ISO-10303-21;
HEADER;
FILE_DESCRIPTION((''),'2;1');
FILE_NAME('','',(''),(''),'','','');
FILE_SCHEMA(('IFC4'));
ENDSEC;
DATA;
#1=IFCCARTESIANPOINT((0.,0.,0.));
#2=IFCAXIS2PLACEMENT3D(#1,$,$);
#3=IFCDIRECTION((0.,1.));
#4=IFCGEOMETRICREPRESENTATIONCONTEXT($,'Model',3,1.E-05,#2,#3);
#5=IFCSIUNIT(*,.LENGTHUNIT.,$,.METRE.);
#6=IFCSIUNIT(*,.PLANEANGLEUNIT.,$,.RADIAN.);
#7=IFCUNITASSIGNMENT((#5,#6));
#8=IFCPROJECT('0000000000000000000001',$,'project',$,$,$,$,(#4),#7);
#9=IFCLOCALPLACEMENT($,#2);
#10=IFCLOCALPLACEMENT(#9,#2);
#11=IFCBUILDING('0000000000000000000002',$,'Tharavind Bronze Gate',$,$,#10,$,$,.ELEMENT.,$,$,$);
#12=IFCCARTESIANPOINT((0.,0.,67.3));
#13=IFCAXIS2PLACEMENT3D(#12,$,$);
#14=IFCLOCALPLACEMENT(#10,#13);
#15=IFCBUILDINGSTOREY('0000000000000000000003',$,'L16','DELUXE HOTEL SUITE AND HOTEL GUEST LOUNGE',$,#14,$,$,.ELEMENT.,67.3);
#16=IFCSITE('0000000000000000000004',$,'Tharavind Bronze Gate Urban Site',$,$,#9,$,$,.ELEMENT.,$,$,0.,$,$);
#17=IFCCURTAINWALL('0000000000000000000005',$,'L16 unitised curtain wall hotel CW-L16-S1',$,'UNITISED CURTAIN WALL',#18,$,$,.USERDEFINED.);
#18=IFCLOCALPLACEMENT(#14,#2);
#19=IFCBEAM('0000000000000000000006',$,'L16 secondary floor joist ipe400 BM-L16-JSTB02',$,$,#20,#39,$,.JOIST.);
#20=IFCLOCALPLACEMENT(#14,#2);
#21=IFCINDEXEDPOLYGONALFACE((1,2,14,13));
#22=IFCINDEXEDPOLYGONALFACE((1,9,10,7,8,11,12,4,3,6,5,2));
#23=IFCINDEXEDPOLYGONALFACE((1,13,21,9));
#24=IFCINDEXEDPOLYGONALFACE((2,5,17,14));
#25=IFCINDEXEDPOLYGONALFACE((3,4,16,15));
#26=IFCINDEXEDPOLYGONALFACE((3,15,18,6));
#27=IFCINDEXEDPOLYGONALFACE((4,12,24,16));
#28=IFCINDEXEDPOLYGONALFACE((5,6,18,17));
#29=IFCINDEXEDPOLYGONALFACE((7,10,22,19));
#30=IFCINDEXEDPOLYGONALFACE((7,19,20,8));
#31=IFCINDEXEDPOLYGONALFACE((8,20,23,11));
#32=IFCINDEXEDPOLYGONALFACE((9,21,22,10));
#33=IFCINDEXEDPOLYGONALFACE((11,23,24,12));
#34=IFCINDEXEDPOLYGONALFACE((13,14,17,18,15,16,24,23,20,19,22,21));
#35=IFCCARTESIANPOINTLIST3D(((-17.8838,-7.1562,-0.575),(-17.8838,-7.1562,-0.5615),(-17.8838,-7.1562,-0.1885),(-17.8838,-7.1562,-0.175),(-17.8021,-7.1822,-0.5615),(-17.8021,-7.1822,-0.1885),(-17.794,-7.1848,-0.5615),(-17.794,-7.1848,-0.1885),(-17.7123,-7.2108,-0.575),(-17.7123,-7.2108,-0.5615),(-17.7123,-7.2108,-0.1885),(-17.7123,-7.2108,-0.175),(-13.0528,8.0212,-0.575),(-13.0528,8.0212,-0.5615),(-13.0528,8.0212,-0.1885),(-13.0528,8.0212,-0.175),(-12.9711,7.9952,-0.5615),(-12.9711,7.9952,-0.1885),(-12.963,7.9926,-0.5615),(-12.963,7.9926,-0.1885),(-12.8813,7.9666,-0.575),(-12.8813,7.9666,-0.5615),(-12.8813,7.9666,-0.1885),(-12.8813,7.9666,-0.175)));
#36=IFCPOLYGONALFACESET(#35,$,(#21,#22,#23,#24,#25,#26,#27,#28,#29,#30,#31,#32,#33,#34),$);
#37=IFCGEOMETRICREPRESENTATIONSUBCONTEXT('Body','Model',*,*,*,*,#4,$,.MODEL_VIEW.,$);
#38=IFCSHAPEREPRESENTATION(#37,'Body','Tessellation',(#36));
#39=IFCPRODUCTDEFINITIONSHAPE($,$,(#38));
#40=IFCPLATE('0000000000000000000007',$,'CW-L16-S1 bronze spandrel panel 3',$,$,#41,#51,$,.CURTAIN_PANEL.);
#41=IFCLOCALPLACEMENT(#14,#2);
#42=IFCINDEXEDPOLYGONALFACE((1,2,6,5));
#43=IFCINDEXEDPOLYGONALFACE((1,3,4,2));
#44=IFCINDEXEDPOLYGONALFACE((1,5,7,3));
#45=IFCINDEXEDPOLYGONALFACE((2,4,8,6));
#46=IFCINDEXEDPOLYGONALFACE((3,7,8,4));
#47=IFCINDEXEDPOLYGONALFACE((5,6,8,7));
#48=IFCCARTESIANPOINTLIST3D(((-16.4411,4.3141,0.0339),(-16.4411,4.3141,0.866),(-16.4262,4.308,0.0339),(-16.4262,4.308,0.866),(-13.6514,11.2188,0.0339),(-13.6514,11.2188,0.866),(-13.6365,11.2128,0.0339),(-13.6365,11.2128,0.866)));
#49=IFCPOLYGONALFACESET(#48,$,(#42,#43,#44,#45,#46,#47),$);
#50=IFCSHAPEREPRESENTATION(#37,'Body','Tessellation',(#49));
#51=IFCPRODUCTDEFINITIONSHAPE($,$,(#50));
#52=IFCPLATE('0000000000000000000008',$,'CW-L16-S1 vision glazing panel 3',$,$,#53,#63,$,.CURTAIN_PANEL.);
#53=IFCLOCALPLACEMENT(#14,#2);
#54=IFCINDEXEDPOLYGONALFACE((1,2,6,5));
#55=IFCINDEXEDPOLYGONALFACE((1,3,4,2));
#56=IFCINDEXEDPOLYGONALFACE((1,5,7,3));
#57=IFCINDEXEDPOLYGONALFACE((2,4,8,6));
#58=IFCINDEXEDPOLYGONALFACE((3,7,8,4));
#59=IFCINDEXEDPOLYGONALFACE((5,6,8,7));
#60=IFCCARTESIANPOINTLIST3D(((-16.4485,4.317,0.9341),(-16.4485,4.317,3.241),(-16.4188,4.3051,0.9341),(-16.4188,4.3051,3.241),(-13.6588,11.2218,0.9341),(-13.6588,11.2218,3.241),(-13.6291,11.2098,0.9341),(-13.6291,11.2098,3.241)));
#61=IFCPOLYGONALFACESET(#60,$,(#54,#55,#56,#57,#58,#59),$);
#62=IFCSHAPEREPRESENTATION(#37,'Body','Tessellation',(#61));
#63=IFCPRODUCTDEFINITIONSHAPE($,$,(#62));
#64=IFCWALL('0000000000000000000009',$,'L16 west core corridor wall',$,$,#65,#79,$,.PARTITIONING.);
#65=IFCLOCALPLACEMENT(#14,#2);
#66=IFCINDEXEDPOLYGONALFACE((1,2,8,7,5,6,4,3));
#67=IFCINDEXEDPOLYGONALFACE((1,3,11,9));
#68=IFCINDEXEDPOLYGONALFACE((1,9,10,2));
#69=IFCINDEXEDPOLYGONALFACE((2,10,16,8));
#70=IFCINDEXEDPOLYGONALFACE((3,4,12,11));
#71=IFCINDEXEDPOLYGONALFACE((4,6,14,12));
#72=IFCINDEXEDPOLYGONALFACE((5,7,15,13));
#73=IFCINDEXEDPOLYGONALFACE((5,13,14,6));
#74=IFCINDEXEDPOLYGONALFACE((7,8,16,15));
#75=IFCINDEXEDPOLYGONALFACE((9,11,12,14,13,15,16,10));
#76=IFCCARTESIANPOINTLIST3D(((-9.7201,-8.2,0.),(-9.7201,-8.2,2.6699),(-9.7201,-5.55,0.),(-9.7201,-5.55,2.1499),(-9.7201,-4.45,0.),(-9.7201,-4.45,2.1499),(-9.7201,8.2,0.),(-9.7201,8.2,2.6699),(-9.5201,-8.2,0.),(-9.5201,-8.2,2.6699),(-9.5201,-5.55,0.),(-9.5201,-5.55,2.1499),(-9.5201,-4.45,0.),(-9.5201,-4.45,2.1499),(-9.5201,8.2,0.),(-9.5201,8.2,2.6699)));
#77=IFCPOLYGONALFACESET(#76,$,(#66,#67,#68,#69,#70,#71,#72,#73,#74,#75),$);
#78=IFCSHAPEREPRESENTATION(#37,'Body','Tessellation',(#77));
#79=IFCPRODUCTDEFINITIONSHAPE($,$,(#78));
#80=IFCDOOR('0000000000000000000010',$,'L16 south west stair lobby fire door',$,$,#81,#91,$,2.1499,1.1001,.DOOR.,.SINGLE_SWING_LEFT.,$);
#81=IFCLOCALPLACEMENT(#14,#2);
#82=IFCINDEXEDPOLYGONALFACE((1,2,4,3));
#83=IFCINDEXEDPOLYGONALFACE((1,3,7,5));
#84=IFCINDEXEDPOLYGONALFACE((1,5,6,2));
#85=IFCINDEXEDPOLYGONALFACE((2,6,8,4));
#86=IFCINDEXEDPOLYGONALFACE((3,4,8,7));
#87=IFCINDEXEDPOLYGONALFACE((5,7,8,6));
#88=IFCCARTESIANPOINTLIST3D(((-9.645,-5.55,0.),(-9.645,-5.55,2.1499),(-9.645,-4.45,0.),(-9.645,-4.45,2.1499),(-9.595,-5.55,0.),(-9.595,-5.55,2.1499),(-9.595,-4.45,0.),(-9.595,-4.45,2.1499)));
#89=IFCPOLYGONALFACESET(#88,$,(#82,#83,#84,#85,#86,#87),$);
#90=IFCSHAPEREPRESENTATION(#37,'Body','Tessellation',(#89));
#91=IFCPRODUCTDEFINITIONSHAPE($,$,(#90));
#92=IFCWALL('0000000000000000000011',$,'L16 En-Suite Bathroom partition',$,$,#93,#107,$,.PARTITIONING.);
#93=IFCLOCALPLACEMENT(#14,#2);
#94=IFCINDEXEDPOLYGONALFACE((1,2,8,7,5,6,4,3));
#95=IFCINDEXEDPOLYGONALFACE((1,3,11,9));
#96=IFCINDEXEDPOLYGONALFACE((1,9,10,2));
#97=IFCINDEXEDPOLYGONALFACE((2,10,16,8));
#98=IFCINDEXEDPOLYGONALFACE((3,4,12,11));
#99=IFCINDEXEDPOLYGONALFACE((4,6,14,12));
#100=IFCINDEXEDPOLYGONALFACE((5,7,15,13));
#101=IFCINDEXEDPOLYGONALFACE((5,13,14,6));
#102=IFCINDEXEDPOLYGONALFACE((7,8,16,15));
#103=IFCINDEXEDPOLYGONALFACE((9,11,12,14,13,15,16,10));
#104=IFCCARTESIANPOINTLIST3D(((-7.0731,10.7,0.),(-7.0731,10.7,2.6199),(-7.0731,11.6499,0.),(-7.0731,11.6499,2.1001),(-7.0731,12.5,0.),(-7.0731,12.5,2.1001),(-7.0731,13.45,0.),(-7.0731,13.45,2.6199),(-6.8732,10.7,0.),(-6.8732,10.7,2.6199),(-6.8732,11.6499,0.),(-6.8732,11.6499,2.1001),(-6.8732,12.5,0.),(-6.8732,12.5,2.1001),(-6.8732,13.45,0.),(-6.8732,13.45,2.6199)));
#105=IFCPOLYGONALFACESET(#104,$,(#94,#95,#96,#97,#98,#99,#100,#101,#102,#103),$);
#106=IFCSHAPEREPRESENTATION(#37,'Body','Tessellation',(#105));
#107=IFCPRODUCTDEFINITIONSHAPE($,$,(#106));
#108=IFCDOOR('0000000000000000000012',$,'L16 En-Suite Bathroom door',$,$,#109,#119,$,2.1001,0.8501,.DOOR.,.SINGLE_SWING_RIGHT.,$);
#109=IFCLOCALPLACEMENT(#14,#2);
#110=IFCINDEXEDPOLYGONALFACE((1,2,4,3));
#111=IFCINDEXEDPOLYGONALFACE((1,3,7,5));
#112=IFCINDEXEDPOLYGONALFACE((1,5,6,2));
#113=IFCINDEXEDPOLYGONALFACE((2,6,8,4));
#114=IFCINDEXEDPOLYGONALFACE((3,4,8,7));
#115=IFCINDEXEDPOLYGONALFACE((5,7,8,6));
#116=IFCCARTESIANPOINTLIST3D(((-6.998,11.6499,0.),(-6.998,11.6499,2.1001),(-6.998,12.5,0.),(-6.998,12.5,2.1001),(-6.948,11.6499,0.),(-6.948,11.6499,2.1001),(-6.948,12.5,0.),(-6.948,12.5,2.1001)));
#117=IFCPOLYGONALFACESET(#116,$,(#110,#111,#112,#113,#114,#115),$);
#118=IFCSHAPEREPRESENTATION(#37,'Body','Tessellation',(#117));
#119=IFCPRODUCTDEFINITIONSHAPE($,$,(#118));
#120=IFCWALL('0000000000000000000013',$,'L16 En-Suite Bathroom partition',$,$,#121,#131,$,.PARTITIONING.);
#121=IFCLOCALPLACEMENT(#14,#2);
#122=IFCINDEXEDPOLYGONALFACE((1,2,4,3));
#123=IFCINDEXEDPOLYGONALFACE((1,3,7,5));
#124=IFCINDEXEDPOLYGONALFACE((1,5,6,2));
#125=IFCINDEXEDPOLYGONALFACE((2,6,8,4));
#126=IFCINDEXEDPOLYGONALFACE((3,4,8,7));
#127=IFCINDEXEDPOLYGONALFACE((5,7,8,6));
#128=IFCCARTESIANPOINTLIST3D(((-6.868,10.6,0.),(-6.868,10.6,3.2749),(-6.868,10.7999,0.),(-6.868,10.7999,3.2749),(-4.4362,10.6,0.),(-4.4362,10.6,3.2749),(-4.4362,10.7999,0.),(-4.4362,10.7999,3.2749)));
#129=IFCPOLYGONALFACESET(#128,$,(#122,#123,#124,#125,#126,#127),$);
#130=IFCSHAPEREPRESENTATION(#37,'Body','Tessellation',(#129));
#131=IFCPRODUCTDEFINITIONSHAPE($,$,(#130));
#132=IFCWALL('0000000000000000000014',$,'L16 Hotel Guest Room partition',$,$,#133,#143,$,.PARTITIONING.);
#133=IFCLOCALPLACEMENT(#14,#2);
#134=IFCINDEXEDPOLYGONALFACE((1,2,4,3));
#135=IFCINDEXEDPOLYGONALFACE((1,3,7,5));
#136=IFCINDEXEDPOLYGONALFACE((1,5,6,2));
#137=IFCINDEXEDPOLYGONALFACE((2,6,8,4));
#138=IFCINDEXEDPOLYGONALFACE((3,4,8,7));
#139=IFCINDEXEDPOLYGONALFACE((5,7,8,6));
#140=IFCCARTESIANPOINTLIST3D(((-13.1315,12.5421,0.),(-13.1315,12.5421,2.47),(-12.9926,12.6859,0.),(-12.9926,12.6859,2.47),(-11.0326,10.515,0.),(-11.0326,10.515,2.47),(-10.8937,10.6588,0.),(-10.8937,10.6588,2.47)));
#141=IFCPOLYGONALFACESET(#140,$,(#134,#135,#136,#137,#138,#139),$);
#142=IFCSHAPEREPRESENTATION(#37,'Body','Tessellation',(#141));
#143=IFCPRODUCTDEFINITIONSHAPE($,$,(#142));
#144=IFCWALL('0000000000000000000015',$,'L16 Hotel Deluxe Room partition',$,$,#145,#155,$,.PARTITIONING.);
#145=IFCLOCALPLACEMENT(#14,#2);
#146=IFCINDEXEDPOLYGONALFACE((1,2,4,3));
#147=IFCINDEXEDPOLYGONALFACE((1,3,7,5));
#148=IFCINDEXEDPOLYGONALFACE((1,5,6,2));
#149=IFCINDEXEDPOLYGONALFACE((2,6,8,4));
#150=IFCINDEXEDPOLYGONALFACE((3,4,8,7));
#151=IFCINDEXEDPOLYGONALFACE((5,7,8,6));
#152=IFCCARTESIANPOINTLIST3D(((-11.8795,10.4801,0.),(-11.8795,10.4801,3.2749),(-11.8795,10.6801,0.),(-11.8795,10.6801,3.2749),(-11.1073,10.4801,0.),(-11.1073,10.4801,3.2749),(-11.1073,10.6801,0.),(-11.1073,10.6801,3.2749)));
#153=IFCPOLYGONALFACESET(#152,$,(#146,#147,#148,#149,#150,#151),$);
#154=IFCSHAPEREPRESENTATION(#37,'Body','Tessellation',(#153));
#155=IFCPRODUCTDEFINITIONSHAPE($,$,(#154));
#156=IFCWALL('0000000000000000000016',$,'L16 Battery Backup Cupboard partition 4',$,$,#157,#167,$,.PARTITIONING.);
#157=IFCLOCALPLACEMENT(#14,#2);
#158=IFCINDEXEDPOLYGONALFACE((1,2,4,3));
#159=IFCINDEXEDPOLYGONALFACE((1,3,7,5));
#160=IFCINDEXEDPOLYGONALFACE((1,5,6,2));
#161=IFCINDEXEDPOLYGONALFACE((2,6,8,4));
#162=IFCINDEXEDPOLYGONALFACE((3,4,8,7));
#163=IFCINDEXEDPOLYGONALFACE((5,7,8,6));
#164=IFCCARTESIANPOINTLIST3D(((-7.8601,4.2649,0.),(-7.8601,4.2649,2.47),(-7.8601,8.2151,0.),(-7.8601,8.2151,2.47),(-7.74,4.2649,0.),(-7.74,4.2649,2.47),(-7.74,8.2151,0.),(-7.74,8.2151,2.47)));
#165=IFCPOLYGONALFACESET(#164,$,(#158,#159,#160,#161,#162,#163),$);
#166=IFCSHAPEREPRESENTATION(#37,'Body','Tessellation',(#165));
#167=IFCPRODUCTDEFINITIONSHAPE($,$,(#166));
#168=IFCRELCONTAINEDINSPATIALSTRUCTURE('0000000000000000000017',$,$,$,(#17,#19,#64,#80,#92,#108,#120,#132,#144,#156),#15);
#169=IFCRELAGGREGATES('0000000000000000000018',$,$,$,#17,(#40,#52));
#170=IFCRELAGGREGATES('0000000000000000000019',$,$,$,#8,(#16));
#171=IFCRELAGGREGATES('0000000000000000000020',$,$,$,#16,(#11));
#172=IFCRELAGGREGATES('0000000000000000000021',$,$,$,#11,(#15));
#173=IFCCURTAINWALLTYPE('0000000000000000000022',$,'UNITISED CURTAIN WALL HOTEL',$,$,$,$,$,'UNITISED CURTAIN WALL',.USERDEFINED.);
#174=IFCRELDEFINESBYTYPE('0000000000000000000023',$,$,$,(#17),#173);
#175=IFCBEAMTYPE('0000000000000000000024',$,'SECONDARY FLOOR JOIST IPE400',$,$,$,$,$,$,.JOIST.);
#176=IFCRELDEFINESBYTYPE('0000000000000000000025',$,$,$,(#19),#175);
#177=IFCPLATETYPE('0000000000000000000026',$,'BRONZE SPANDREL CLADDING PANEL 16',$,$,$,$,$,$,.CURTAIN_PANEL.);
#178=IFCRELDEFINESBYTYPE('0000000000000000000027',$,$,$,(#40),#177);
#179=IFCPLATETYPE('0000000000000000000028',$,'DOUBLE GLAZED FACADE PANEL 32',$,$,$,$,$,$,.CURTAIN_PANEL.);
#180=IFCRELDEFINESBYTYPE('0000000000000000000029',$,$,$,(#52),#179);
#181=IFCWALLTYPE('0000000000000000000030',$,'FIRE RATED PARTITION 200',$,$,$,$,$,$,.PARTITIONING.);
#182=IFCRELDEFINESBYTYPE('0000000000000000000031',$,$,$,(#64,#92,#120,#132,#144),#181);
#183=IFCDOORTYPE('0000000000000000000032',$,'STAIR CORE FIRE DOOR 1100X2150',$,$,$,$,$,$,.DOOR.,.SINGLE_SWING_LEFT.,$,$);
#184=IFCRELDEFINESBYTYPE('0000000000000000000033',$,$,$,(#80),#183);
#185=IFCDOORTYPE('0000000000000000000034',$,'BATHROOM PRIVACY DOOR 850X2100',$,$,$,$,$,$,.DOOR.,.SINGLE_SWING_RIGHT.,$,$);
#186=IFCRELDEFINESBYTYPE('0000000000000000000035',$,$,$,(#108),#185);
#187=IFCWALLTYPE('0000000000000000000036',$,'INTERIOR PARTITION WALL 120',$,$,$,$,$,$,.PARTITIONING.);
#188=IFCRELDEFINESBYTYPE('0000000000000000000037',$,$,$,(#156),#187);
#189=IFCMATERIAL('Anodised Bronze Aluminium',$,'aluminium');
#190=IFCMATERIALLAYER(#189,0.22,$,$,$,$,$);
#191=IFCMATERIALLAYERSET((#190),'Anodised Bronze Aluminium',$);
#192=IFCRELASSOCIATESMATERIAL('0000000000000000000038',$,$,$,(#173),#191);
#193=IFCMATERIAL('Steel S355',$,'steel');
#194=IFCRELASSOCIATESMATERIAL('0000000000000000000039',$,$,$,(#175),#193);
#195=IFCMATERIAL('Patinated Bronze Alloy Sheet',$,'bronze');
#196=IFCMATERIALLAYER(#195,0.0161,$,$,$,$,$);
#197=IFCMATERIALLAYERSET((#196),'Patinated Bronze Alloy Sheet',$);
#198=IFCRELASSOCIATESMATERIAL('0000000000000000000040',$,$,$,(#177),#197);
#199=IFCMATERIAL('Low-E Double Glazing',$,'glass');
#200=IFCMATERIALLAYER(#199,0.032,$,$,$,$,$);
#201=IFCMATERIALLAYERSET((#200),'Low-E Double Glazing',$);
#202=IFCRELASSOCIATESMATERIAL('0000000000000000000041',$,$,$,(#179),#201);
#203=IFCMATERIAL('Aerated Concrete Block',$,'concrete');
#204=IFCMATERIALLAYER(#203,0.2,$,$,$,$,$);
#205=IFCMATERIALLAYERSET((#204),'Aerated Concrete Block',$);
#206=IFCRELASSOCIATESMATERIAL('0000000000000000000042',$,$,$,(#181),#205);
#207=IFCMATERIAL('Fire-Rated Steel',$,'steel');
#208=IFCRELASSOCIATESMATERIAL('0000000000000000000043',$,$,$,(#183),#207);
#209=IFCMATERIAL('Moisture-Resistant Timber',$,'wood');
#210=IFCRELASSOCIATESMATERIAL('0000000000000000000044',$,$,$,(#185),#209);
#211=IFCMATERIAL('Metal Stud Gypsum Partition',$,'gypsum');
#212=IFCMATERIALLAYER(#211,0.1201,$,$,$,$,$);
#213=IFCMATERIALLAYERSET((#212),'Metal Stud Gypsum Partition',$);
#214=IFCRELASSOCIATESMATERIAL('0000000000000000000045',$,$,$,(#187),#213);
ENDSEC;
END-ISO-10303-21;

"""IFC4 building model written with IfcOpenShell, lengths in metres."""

from ifc_helpers import new_model, si_unit, direction, frame, frame_2d, origin, origin_2d, place, context, subcontext, project, spatial, rectangle, i_section, extrude, material, layer, layer_set, material_profile, profile_set, type_object, element, fill, aggregate, save


model = new_model("IFC4")

# Units and contexts
model_context = context("Model", 3, precision=1e-05, world=origin(), true_north=direction((0.0, 1.0)))
body_context = subcontext(model_context, "Body", "Model", "MODEL_VIEW")
ifc_project = project(units=[si_unit("LENGTHUNIT", "METRE"), si_unit("PLANEANGLEUNIT", "RADIAN")], contexts=[model_context])

# Site, building, storey
site_placement = place(None, origin())
site = spatial("IfcSite", under=ifc_project, at=site_placement, Name="Tharavind Bronze Gate Urban Site", CompositionType="ELEMENT", RefElevation=0.0)
building_placement = place(site_placement, origin())
building = spatial("IfcBuilding", under=site, at=building_placement, Name="Tharavind Bronze Gate", CompositionType="ELEMENT")
storey_placement = place(building_placement, frame((0.0, 0.0, 67.3)))
storey = spatial("IfcBuildingStorey", under=building, at=storey_placement, Name="L16", Description="DELUXE HOTEL SUITE AND HOTEL GUEST LOUNGE", CompositionType="ELEMENT", Elevation=67.3)

# Curtain wall
ifc_material_1 = material(Name="Anodised Bronze Aluminium", Category="aluminium")
ifc_layer_1 = layer(ifc_material_1, 0.22)
ifc_layer_set_1 = layer_set([ifc_layer_1], Name="Anodised Bronze Aluminium")
curtain_wall_type = type_object("IfcCurtainWallType", Name="UNITISED CURTAIN WALL HOTEL", ElementType="UNITISED CURTAIN WALL", PredefinedType="USERDEFINED", material=ifc_layer_set_1)
curtain_wall_placement = place(storey_placement, origin())
curtain_wall = element("IfcCurtainWall", 1, at=curtain_wall_placement, inside=storey, type_object=curtain_wall_type, Name="L16 unitised curtain wall hotel CW-L16-S1", ObjectType="UNITISED CURTAIN WALL", PredefinedType="USERDEFINED")

# Beam
ifc_material_2 = material(Name="Steel S355", Category="steel")
ifc_material_profile_1 = material_profile(ifc_material_2, i_section(OverallWidth=0.1799, OverallDepth=0.3999, WebThickness=0.0085, FlangeThickness=0.0134, at=origin_2d()), Name="IPE400")
ifc_profile_set_1 = profile_set([ifc_material_profile_1], Name="Steel S355")
beam_type_1 = type_object("IfcBeamType", Name="SECONDARY FLOOR JOIST IPE400", PredefinedType="JOIST", material=ifc_profile_set_1)
beam_1_placement = place(storey_placement, frame((-12.967, 7.9939, -0.375), z_axis=(-0.303309, -0.952892, 0.0), x_axis=(0.952892, -0.303309, 0.0)))
element("IfcBeam", 2, at=beam_1_placement, inside=storey, type_object=beam_type_1, Name="L16 secondary floor joist ipe400 BM-L16-JSTB02", PredefinedType="JOIST", context=body_context, shape_type="SweptSolid", body=[
    extrude(i_section(OverallWidth=0.1799, OverallDepth=0.3999, WebThickness=0.0085, FlangeThickness=0.0134, at=origin_2d()), origin(), (0.0, 0.0, 1.0), 15.9277),
])

# Plates
ifc_material_3 = material(Name="Patinated Bronze Alloy Sheet", Category="bronze")
ifc_layer_2 = layer(ifc_material_3, 0.0161)
ifc_layer_set_2 = layer_set([ifc_layer_2], Name="Patinated Bronze Alloy Sheet")
plate_type_1 = type_object("IfcPlateType", Name="BRONZE SPANDREL CLADDING PANEL 16", PredefinedType="CURTAIN_PANEL", material=ifc_layer_set_2)
plate_1_placement = place(storey_placement, frame((-15.0388, 7.7634, 0.0339), z_axis=(0.0, 0.0, 1.0), x_axis=(-0.374607, -0.927184, 0.0)))
plate_1 = element("IfcPlate", 3, at=plate_1_placement, type_object=plate_type_1, Name="CW-L16-S1 bronze spandrel panel 3", PredefinedType="CURTAIN_PANEL", context=body_context, shape_type="SweptSolid", body=[
    extrude(rectangle(XDim=7.447, YDim=0.0161, at=origin_2d()), origin(), (0.0, 0.0, 1.0), 0.832),
])
ifc_material_4 = material(Name="Low-E Double Glazing", Category="glass")
ifc_layer_3 = layer(ifc_material_4, 0.032)
ifc_layer_set_3 = layer_set([ifc_layer_3], Name="Low-E Double Glazing")
plate_type_2 = type_object("IfcPlateType", Name="DOUBLE GLAZED FACADE PANEL 32", PredefinedType="CURTAIN_PANEL", material=ifc_layer_set_3)
plate_2_placement = place(storey_placement, frame((-15.0388, 7.7634, 0.9341), z_axis=(0.0, 0.0, 1.0), x_axis=(-0.374607, -0.927184, 0.0)))
plate_2 = element("IfcPlate", 4, at=plate_2_placement, type_object=plate_type_2, Name="CW-L16-S1 vision glazing panel 3", PredefinedType="CURTAIN_PANEL", context=body_context, shape_type="SweptSolid", body=[
    extrude(rectangle(XDim=7.447, YDim=0.032, at=origin_2d()), origin(), (0.0, 0.0, 1.0), 2.3069),
])
aggregate(curtain_wall, [plate_1, plate_2])

# Walls, openings, doors
ifc_material_5 = material(Name="Aerated Concrete Block", Category="concrete")
ifc_layer_4 = layer(ifc_material_5, 0.2)
ifc_layer_set_4 = layer_set([ifc_layer_4], Name="Aerated Concrete Block")
wall_type_1 = type_object("IfcWallType", Name="FIRE RATED PARTITION 200", PredefinedType="PARTITIONING", material=ifc_layer_set_4)
wall_1_placement = place(storey_placement, frame((-9.6201, 8.2, 0.0), z_axis=(0.0, 0.0, 1.0), x_axis=(0.0, -1.0, 0.0)))
wall_1 = element("IfcWall", 5, at=wall_1_placement, inside=storey, type_object=wall_type_1, Name="L16 west core corridor wall", PredefinedType="PARTITIONING", context=body_context, shape_type="SweptSolid", body=[
    extrude(rectangle(XDim=16.3999, YDim=0.2, at=frame_2d((8.2, 0.0))), origin(), (0.0, 0.0, 1.0), 2.6699),
])
opening_1_placement = place(wall_1_placement, frame((12.6499, 0.0, 0.0)))
opening_1 = element("IfcOpeningElement", 6, at=opening_1_placement, cuts=wall_1, PredefinedType="OPENING", context=body_context, shape_type="SweptSolid", body=[
    extrude(rectangle(XDim=1.1001, YDim=2.1499, at=frame_2d((0.55, 1.075))), frame((0.0, 0.1101, 0.0), z_axis=(0.0, -1.0, 0.0), x_axis=(1.0, 0.0, 0.0)), (0.0, 0.0, 1.0), 0.22),
])
ifc_material_6 = material(Name="Fire-Rated Steel", Category="steel")
door_type_1 = type_object("IfcDoorType", Name="STAIR CORE FIRE DOOR 1100X2150", OperationType="SINGLE_SWING_LEFT", PredefinedType="DOOR", material=ifc_material_6)
door_1_placement = place(opening_1_placement, frame((1.1001, 0.0, 0.0), z_axis=(0.0, 0.0, 1.0), x_axis=(-1.0, 0.0, 0.0)))
door_1 = element("IfcDoor", 7, at=door_1_placement, inside=storey, type_object=door_type_1, Name="L16 south west stair lobby fire door", OperationType="SINGLE_SWING_LEFT", OverallHeight=2.1499, OverallWidth=1.1001, PredefinedType="DOOR", context=body_context, shape_type="SweptSolid", body=[
    extrude(rectangle(XDim=1.1001, YDim=2.1499, at=frame_2d((0.55, 1.075))), frame((0.0, 0.0249, 0.0), z_axis=(0.0, -1.0, 0.0), x_axis=(1.0, 0.0, 0.0)), (0.0, 0.0, 1.0), 0.05),
])
fill(opening_1, door_1)
wall_2_placement = place(storey_placement, frame((-6.9731, 10.7, 0.0), z_axis=(0.0, 0.0, 1.0), x_axis=(0.0, 1.0, 0.0)))
wall_2 = element("IfcWall", 8, at=wall_2_placement, inside=storey, type_object=wall_type_1, Name="L16 En-Suite Bathroom partition", PredefinedType="PARTITIONING", context=body_context, shape_type="SweptSolid", body=[
    extrude(rectangle(XDim=2.75, YDim=0.2, at=frame_2d((1.375, 0.0))), origin(), (0.0, 0.0, 1.0), 2.6199),
])
opening_2_placement = place(wall_2_placement, frame((0.95, 0.0, 0.0)))
opening_2 = element("IfcOpeningElement", 9, at=opening_2_placement, cuts=wall_2, PredefinedType="OPENING", context=body_context, shape_type="SweptSolid", body=[
    extrude(rectangle(XDim=0.8501, YDim=2.1001, at=frame_2d((0.425, 1.05))), frame((0.0, 0.1101, 0.0), z_axis=(0.0, -1.0, 0.0), x_axis=(1.0, 0.0, 0.0)), (0.0, 0.0, 1.0), 0.22),
])
ifc_material_7 = material(Name="Moisture-Resistant Timber", Category="wood")
door_type_2 = type_object("IfcDoorType", Name="BATHROOM PRIVACY DOOR 850X2100", OperationType="SINGLE_SWING_RIGHT", PredefinedType="DOOR", material=ifc_material_7)
door_2_placement = place(opening_2_placement, origin())
door_2 = element("IfcDoor", 10, at=door_2_placement, inside=storey, type_object=door_type_2, Name="L16 En-Suite Bathroom door", OperationType="SINGLE_SWING_RIGHT", OverallHeight=2.1001, OverallWidth=0.8501, PredefinedType="DOOR", context=body_context, shape_type="SweptSolid", body=[
    extrude(rectangle(XDim=0.8501, YDim=2.1001, at=frame_2d((0.425, 1.05))), frame((0.0, 0.0249, 0.0), z_axis=(0.0, -1.0, 0.0), x_axis=(1.0, 0.0, 0.0)), (0.0, 0.0, 1.0), 0.05),
])
fill(opening_2, door_2)

# Wall
wall_3_placement = place(storey_placement, frame((-4.4363, 10.7, 0.0), z_axis=(0.0, 0.0, 1.0), x_axis=(-1.0, 0.0, 0.0)))
element("IfcWall", 11, at=wall_3_placement, inside=storey, type_object=wall_type_1, Name="L16 En-Suite Bathroom partition", PredefinedType="PARTITIONING", context=body_context, shape_type="SweptSolid", body=[
    extrude(rectangle(XDim=2.4319, YDim=0.2, at=frame_2d((1.2158, 0.0))), origin(), (0.0, 0.0, 1.0), 3.2749),
])

# Walls
wall_4_placement = place(storey_placement, frame((-10.9631, 10.5869, 0.0), z_axis=(0.0, 0.0, 1.0), x_axis=(-0.719299, 0.694701, 0.0)))
element("IfcWall", 12, at=wall_4_placement, inside=storey, type_object=wall_type_1, Name="L16 Hotel Guest Room partition", PredefinedType="PARTITIONING", context=body_context, shape_type="SweptSolid", body=[
    extrude(rectangle(XDim=2.918, YDim=0.2, at=frame_2d((1.459, 0.0))), origin(), (0.0, 0.0, 1.0), 2.47),
])
wall_5_placement = place(storey_placement, frame((-11.1072, 10.5801, 0.0), z_axis=(0.0, 0.0, 1.0), x_axis=(-1.0, 0.0, 0.0)))
element("IfcWall", 13, at=wall_5_placement, inside=storey, type_object=wall_type_1, Name="L16 Hotel Deluxe Room partition", PredefinedType="PARTITIONING", context=body_context, shape_type="SweptSolid", body=[
    extrude(rectangle(XDim=0.7722, YDim=0.2, at=frame_2d((0.3862, 0.0))), origin(), (0.0, 0.0, 1.0), 3.2749),
])

# Wall
ifc_material_8 = material(Name="Metal Stud Gypsum Partition", Category="gypsum")
ifc_layer_5 = layer(ifc_material_8, 0.1201)
ifc_layer_set_5 = layer_set([ifc_layer_5], Name="Metal Stud Gypsum Partition")
wall_type_2 = type_object("IfcWallType", Name="INTERIOR PARTITION WALL 120", PredefinedType="PARTITIONING", material=ifc_layer_set_5)
wall_6_placement = place(storey_placement, frame((-7.8, 8.2151, 0.0), z_axis=(0.0, 0.0, 1.0), x_axis=(0.0, -1.0, 0.0)))
element("IfcWall", 14, at=wall_6_placement, inside=storey, type_object=wall_type_2, Name="L16 Battery Backup Cupboard partition 4", PredefinedType="PARTITIONING", context=body_context, shape_type="SweptSolid", body=[
    extrude(rectangle(XDim=3.9502, YDim=0.1201, at=frame_2d((1.9751, 0.0))), origin(), (0.0, 0.0, 1.0), 2.47),
])

save(model, "model.ifc")
